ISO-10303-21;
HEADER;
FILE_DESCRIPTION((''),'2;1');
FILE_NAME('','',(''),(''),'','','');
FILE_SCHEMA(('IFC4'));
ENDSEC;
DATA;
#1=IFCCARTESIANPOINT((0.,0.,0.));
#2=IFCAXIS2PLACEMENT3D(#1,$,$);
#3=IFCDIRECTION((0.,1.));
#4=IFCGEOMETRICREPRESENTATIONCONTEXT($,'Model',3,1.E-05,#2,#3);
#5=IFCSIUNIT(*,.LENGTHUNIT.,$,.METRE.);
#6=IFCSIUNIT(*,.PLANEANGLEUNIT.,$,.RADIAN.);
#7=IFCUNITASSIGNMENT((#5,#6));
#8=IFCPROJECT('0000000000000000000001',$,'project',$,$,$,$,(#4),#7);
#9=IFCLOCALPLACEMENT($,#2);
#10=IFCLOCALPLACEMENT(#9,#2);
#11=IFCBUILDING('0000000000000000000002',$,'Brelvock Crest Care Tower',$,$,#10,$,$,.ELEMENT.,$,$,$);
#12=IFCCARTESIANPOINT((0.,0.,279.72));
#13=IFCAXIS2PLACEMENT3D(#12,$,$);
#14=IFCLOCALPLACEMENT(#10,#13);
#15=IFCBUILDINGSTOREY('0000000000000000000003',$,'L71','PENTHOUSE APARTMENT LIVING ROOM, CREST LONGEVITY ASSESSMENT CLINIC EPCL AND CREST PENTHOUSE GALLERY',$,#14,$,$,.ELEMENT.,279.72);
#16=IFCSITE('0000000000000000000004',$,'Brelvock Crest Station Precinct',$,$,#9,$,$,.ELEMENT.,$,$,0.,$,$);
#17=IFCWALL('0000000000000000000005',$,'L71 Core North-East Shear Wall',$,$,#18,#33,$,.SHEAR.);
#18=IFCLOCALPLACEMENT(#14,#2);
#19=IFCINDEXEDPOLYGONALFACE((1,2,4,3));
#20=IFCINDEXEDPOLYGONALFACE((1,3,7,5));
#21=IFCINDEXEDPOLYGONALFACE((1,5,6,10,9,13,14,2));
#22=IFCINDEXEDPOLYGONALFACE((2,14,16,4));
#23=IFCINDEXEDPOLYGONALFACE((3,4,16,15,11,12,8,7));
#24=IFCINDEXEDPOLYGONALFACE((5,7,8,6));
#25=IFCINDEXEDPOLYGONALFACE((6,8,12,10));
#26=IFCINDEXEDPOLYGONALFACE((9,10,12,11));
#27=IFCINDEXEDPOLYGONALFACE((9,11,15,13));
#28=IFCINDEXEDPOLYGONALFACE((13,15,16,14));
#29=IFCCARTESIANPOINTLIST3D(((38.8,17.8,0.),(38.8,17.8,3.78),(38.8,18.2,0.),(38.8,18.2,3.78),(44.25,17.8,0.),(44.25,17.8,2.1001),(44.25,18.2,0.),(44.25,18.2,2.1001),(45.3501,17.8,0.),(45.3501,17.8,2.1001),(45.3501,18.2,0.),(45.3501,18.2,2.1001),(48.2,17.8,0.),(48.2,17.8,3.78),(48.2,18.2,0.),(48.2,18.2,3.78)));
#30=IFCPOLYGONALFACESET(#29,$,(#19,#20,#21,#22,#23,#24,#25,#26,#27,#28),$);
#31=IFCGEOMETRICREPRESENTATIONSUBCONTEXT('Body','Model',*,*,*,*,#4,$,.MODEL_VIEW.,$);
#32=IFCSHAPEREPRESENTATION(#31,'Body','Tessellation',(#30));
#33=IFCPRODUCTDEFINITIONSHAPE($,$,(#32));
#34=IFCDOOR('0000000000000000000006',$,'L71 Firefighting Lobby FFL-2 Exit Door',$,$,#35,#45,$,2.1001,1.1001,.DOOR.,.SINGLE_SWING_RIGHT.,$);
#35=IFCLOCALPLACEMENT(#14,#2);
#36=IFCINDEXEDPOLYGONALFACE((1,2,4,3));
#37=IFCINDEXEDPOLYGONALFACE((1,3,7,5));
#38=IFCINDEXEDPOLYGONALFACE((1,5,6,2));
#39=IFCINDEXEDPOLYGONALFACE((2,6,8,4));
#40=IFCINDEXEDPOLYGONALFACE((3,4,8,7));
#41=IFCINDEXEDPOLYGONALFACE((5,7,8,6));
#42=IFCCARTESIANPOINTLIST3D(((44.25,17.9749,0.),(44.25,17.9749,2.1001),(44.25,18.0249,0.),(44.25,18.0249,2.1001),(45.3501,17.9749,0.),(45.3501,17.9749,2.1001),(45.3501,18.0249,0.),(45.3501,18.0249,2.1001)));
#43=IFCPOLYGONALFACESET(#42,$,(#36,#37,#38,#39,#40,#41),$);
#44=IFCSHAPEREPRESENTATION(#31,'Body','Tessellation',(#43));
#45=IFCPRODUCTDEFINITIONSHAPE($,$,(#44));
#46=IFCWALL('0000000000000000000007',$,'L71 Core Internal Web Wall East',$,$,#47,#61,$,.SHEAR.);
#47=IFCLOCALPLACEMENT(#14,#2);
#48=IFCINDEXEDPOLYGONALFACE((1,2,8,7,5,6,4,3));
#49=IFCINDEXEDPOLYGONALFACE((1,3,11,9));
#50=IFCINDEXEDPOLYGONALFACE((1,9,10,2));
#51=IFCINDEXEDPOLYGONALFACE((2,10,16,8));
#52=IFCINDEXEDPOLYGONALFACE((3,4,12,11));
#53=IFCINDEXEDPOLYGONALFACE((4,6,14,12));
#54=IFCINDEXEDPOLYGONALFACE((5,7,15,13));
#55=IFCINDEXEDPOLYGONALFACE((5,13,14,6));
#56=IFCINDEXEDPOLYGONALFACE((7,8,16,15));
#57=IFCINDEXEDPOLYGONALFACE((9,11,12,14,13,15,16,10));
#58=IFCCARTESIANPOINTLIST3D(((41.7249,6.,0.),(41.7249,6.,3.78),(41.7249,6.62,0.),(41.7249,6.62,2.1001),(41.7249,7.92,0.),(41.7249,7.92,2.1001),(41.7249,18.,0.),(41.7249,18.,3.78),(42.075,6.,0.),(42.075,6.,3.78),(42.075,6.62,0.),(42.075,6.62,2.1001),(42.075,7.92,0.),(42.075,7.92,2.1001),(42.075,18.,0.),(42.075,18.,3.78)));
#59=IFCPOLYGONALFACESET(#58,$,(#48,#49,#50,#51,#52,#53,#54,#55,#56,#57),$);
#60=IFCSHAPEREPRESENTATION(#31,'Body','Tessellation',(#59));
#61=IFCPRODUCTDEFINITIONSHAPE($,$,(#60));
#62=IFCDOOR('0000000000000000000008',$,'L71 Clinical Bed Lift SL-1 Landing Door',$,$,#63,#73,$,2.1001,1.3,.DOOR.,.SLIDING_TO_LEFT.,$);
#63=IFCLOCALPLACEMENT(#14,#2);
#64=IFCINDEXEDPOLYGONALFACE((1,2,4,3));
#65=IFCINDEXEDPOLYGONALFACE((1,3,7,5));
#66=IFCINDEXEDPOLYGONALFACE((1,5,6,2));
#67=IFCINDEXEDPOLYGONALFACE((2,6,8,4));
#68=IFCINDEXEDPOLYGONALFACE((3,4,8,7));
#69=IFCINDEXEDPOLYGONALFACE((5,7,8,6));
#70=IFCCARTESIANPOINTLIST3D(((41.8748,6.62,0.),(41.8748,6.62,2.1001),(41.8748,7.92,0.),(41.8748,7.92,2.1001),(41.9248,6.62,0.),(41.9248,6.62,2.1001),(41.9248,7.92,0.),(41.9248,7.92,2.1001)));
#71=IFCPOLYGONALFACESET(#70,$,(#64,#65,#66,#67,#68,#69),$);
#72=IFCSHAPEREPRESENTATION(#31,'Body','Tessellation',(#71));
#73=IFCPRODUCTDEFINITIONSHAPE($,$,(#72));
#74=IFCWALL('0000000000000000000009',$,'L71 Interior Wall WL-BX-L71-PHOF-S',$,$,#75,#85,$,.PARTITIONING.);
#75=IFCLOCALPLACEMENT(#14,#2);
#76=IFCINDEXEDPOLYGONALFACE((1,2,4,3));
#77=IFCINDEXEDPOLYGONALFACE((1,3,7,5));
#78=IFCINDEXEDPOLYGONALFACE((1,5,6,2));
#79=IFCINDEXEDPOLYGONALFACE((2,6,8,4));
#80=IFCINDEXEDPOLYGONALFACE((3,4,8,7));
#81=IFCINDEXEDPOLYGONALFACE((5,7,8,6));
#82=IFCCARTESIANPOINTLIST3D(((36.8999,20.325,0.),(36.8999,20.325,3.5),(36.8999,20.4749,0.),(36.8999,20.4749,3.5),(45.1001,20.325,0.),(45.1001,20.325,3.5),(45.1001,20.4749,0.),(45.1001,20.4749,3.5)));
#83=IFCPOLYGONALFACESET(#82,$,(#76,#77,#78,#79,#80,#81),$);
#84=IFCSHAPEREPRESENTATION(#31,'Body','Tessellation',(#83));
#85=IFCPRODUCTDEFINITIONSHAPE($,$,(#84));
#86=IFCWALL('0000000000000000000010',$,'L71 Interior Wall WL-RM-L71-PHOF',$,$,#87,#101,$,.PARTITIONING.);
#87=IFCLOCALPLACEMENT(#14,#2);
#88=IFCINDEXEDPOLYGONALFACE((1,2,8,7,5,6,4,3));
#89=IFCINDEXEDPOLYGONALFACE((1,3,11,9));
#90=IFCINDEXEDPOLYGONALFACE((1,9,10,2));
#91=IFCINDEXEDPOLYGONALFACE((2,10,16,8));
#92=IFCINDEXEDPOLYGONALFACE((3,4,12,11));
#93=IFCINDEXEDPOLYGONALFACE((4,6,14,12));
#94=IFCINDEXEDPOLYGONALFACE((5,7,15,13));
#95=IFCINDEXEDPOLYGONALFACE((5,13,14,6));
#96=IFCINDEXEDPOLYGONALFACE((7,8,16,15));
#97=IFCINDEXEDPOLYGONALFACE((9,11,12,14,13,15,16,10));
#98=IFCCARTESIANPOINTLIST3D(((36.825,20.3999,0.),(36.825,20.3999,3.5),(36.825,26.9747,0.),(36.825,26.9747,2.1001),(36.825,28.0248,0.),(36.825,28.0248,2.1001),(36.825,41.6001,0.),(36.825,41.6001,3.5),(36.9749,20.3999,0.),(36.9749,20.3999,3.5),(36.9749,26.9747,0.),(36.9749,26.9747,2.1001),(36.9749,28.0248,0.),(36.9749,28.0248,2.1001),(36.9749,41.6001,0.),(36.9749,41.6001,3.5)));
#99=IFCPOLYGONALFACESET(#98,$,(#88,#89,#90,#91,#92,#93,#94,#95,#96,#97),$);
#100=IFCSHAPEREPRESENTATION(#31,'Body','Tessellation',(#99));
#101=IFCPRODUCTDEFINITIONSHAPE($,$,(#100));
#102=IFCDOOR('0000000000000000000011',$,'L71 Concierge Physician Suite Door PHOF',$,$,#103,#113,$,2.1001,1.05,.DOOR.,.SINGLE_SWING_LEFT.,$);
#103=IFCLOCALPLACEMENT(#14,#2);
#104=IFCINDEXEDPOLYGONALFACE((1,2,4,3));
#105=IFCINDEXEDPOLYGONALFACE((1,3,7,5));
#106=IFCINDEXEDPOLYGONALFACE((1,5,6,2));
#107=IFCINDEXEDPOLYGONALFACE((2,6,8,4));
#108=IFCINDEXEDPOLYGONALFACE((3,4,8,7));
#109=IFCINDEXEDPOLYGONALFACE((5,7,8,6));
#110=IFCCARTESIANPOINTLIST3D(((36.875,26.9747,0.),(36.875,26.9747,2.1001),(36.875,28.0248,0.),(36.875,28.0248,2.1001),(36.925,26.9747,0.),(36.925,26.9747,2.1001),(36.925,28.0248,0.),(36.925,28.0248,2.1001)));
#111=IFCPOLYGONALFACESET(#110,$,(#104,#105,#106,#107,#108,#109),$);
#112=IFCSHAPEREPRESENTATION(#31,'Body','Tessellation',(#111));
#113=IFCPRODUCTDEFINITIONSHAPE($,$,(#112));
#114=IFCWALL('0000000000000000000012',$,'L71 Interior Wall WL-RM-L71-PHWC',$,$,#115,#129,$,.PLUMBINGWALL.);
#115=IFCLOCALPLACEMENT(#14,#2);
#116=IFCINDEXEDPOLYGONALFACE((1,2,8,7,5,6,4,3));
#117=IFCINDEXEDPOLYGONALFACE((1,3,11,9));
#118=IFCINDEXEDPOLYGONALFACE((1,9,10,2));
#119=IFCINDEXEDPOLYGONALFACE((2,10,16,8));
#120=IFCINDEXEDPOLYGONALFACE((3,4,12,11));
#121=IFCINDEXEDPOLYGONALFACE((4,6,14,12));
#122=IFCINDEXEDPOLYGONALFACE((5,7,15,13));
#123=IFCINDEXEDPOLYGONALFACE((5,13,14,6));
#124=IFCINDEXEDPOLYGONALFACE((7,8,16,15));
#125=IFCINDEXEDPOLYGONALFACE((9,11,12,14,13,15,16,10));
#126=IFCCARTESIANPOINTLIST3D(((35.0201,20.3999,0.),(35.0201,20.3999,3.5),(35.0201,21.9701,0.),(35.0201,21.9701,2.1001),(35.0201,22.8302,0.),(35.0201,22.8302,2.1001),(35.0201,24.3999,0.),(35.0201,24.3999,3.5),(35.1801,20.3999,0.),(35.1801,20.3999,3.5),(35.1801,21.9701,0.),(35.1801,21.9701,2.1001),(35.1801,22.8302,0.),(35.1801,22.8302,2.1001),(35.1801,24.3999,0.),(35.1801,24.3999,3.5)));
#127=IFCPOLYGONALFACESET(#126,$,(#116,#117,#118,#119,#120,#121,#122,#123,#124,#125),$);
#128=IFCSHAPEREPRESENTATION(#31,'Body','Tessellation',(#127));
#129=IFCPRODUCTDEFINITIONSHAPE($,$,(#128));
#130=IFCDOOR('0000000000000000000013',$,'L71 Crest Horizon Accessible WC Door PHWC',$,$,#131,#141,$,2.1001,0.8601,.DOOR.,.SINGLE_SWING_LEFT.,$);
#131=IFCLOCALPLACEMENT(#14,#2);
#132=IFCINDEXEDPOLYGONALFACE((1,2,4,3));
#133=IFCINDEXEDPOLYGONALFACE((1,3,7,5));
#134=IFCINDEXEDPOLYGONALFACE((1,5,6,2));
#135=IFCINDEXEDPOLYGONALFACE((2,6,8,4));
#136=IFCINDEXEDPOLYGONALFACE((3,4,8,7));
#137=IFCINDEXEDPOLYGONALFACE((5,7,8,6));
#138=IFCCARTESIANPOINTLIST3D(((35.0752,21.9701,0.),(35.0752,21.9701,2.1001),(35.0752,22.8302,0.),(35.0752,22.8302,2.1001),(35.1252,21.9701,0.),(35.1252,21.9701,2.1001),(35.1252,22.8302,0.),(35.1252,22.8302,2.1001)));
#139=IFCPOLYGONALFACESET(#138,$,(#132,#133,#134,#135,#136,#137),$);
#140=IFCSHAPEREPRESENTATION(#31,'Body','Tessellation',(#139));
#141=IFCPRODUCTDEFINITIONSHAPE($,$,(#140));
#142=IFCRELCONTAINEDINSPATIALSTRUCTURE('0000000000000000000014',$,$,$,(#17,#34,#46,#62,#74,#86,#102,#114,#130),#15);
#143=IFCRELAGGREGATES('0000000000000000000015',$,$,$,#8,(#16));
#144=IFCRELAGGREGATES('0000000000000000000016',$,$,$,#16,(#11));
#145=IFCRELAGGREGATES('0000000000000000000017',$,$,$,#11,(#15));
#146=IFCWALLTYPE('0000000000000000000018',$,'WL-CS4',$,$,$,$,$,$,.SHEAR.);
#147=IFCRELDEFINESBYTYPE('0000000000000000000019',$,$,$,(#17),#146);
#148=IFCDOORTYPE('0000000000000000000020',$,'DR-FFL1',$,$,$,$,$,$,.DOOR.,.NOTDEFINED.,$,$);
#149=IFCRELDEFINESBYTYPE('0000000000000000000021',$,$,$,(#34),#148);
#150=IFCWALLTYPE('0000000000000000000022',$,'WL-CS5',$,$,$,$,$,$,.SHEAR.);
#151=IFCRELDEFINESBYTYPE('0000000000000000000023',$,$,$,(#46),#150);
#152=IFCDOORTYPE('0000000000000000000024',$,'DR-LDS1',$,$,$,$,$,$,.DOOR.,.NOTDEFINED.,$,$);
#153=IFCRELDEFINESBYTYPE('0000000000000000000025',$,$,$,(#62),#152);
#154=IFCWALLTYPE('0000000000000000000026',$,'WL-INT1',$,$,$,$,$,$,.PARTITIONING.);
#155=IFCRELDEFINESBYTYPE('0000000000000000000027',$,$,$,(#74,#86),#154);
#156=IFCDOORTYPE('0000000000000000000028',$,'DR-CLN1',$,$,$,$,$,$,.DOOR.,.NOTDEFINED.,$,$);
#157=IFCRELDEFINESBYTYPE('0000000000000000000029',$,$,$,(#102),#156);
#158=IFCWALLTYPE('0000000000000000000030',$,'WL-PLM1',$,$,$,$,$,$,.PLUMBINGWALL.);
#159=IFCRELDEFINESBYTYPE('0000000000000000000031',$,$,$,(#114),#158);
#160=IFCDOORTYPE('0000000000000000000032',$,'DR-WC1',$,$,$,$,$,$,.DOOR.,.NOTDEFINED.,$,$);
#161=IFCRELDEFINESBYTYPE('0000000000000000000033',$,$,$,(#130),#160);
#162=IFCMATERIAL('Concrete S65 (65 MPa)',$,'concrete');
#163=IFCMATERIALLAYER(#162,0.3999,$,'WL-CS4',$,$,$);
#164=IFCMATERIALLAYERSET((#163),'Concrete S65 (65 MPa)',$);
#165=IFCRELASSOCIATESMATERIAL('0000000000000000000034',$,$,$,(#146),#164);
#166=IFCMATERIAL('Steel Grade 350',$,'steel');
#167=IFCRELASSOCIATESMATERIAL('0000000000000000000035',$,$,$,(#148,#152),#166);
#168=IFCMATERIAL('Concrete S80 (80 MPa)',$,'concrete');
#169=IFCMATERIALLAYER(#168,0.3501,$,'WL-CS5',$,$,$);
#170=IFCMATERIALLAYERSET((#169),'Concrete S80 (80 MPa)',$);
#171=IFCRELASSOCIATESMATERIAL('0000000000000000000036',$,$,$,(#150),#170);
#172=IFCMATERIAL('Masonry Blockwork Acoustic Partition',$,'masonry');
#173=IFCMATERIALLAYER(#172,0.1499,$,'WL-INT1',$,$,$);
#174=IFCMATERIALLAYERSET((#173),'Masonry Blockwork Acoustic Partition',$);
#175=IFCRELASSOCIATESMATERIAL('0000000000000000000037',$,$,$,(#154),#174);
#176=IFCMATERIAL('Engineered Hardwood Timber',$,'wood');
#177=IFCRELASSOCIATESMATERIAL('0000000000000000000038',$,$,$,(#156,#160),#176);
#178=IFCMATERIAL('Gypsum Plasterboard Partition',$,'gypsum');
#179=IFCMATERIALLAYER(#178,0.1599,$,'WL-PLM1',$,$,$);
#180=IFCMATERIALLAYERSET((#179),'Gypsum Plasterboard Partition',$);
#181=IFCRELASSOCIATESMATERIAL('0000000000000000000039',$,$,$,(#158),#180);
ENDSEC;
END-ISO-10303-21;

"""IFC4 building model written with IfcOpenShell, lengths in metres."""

from ifc_helpers import new_model, si_unit, direction, frame, frame_2d, origin, origin_2d, place, context, subcontext, project, spatial, rectangle, extrude, source, transform, mapped, material, layer, layer_set, type_object, element, fill, save


model = new_model("IFC4")

# Units and contexts
model_context = context("Model", 3, precision=1e-05, world=origin(), true_north=direction((0.0, 1.0)))
body_context = subcontext(model_context, "Body", "Model", "MODEL_VIEW")
ifc_project = project(units=[si_unit("LENGTHUNIT", "METRE"), si_unit("PLANEANGLEUNIT", "RADIAN")], contexts=[model_context])

# Site, building, storey
site_placement = place(None, origin())
site = spatial("IfcSite", under=ifc_project, at=site_placement, Name="Brelvock Crest Station Precinct", CompositionType="ELEMENT", RefElevation=0.0)
building_placement = place(site_placement, origin())
building = spatial("IfcBuilding", under=site, at=building_placement, Name="Brelvock Crest Care Tower", CompositionType="ELEMENT")
storey_placement = place(building_placement, frame((0.0, 0.0, 279.72)))
storey = spatial("IfcBuildingStorey", under=building, at=storey_placement, Name="L71", Description="PENTHOUSE APARTMENT LIVING ROOM, CREST LONGEVITY ASSESSMENT CLINIC EPCL AND CREST PENTHOUSE GALLERY", CompositionType="ELEMENT", Elevation=279.72)

# Shared definitions
ifc_material_1 = material(Name="Concrete S65 (65 MPa)", Category="concrete")

# Shared definitions
ifc_material_2 = material(Name="Steel Grade 350", Category="steel")

# Walls, openings, doors
ifc_layer_1 = layer(ifc_material_1, 0.3999, Name="WL-CS4")
ifc_layer_set_1 = layer_set([ifc_layer_1], Name="Concrete S65 (65 MPa)")
wall_type_1 = type_object("IfcWallType", Name="WL-CS4", PredefinedType="SHEAR", material=ifc_layer_set_1)
wall_1_placement = place(storey_placement, frame((38.8, 18.0, 0.0), z_axis=(0.0, 0.0, 1.0), x_axis=(1.0, 0.0, 0.0)))
wall_1 = element("IfcWall", 1, at=wall_1_placement, inside=storey, type_object=wall_type_1, Name="L71 Core North-East Shear Wall", PredefinedType="SHEAR", context=body_context, shape_type="SweptSolid", body=[
    extrude(rectangle(XDim=9.3999, YDim=0.3999, at=frame_2d((4.7, 0.0))), origin(), (0.0, 0.0, 1.0), 3.78),
])
opening_1_placement = place(wall_1_placement, frame((5.45, 0.0, 0.0)))
opening_1 = element("IfcOpeningElement", 2, at=opening_1_placement, cuts=wall_1, PredefinedType="OPENING", context=body_context, shape_type="SweptSolid", body=[
    extrude(rectangle(XDim=1.1001, YDim=2.1001, at=origin_2d()), frame((0.55, 0.21, 1.05), z_axis=(0.0, -1.0, 0.0), x_axis=(1.0, 0.0, 0.0)), (0.0, 0.0, 1.0), 0.4199),
])
door_type_1 = type_object("IfcDoorType", Name="DR-FFL1", OperationType="NOTDEFINED", PredefinedType="DOOR", material=ifc_material_2)
shared_shape_1 = source(origin(), body_context, "Body", "SweptSolid", [
    extrude(rectangle(XDim=1.1001, YDim=2.1001, at=origin_2d()), frame((0.55, 0.0249, 1.05), z_axis=(0.0, -1.0, 0.0), x_axis=(1.0, 0.0, 0.0)), (0.0, 0.0, 1.0), 0.05),
])
door_1_placement = place(opening_1_placement, origin())
door_1 = element("IfcDoor", 3, at=door_1_placement, inside=storey, type_object=door_type_1, Name="L71 Firefighting Lobby FFL-2 Exit Door", OperationType="SINGLE_SWING_RIGHT", OverallHeight=2.1001, OverallWidth=1.1001, PredefinedType="DOOR", context=body_context, shape_type="MappedRepresentation", body=[
    mapped(shared_shape_1, transform((0.0, 0.0, 0.0), x_axis=(1.0, 0.0, 0.0), y_axis=(0.0, 1.0, 0.0), z_axis=(0.0, 0.0, 1.0), scale=1.0)),
])
fill(opening_1, door_1)
ifc_material_3 = material(Name="Concrete S80 (80 MPa)", Category="concrete")
ifc_layer_2 = layer(ifc_material_3, 0.3501, Name="WL-CS5")
ifc_layer_set_2 = layer_set([ifc_layer_2], Name="Concrete S80 (80 MPa)")
wall_type_2 = type_object("IfcWallType", Name="WL-CS5", PredefinedType="SHEAR", material=ifc_layer_set_2)
wall_2_placement = place(storey_placement, frame((41.8999, 18.0, 0.0), z_axis=(0.0, 0.0, 1.0), x_axis=(0.0, -1.0, 0.0)))
wall_2 = element("IfcWall", 4, at=wall_2_placement, inside=storey, type_object=wall_type_2, Name="L71 Core Internal Web Wall East", PredefinedType="SHEAR", context=body_context, shape_type="SweptSolid", body=[
    extrude(rectangle(XDim=12.0, YDim=0.3501, at=frame_2d((6.0, 0.0))), origin(), (0.0, 0.0, 1.0), 3.78),
])
opening_2_placement = place(wall_2_placement, frame((10.0801, 0.0, 0.0)))
opening_2 = element("IfcOpeningElement", 5, at=opening_2_placement, cuts=wall_2, PredefinedType="OPENING", context=body_context, shape_type="SweptSolid", body=[
    extrude(rectangle(XDim=1.3, YDim=2.1001, at=origin_2d()), frame((0.6499, 0.1851, 1.05), z_axis=(0.0, -1.0, 0.0), x_axis=(1.0, 0.0, 0.0)), (0.0, 0.0, 1.0), 0.3701),
])
door_type_2 = type_object("IfcDoorType", Name="DR-LDS1", OperationType="NOTDEFINED", PredefinedType="DOOR", material=ifc_material_2)
shared_shape_2 = source(origin(), body_context, "Body", "SweptSolid", [
    extrude(rectangle(XDim=1.3, YDim=2.1001, at=origin_2d()), frame((0.6499, 0.0249, 1.05), z_axis=(0.0, -1.0, 0.0), x_axis=(1.0, 0.0, 0.0)), (0.0, 0.0, 1.0), 0.05),
])
door_2_placement = place(opening_2_placement, origin())
door_2 = element("IfcDoor", 6, at=door_2_placement, inside=storey, type_object=door_type_2, Name="L71 Clinical Bed Lift SL-1 Landing Door", OperationType="SLIDING_TO_LEFT", OverallHeight=2.1001, OverallWidth=1.3, PredefinedType="DOOR", context=body_context, shape_type="MappedRepresentation", body=[
    mapped(shared_shape_2, transform((0.0, 0.0, 0.0), x_axis=(1.0, 0.0, 0.0), y_axis=(0.0, 1.0, 0.0), z_axis=(0.0, 0.0, 1.0), scale=1.0)),
])
fill(opening_2, door_2)

# Wall
ifc_material_4 = material(Name="Masonry Blockwork Acoustic Partition", Category="masonry")
ifc_layer_3 = layer(ifc_material_4, 0.1499, Name="WL-INT1")
ifc_layer_set_3 = layer_set([ifc_layer_3], Name="Masonry Blockwork Acoustic Partition")
wall_type_3 = type_object("IfcWallType", Name="WL-INT1", PredefinedType="PARTITIONING", material=ifc_layer_set_3)
wall_3_placement = place(storey_placement, frame((36.8999, 20.3999, 0.0), z_axis=(0.0, 0.0, 1.0), x_axis=(1.0, 0.0, 0.0)))
element("IfcWall", 7, at=wall_3_placement, inside=storey, type_object=wall_type_3, Name="L71 Interior Wall WL-BX-L71-PHOF-S", PredefinedType="PARTITIONING", context=body_context, shape_type="SweptSolid", body=[
    extrude(rectangle(XDim=8.2002, YDim=0.1499, at=frame_2d((4.1001, 0.0))), origin(), (0.0, 0.0, 1.0), 3.5),
])

# Walls, openings, doors
wall_4_placement = place(storey_placement, frame((36.8999, 20.3999, 0.0), z_axis=(0.0, 0.0, 1.0), x_axis=(0.0, 1.0, 0.0)))
wall_4 = element("IfcWall", 8, at=wall_4_placement, inside=storey, type_object=wall_type_3, Name="L71 Interior Wall WL-RM-L71-PHOF", PredefinedType="PARTITIONING", context=body_context, shape_type="SweptSolid", body=[
    extrude(rectangle(XDim=21.2002, YDim=0.1499, at=frame_2d((10.6001, 0.0))), origin(), (0.0, 0.0, 1.0), 3.5),
])
opening_3_placement = place(wall_4_placement, frame((6.575, 0.0, 0.0)))
opening_3 = element("IfcOpeningElement", 9, at=opening_3_placement, cuts=wall_4, PredefinedType="OPENING", context=body_context, shape_type="SweptSolid", body=[
    extrude(rectangle(XDim=1.05, YDim=2.1001, at=origin_2d()), frame((0.5249, 0.085, 1.05), z_axis=(0.0, -1.0, 0.0), x_axis=(1.0, 0.0, 0.0)), (0.0, 0.0, 1.0), 0.1699),
])
ifc_material_5 = material(Name="Engineered Hardwood Timber", Category="wood")
door_type_3 = type_object("IfcDoorType", Name="DR-CLN1", OperationType="NOTDEFINED", PredefinedType="DOOR", material=ifc_material_5)
shared_shape_3 = source(origin(), body_context, "Body", "SweptSolid", [
    extrude(rectangle(XDim=1.05, YDim=2.1001, at=origin_2d()), frame((0.5249, 0.0249, 1.05), z_axis=(0.0, -1.0, 0.0), x_axis=(1.0, 0.0, 0.0)), (0.0, 0.0, 1.0), 0.05),
])
door_3_placement = place(opening_3_placement, origin())
door_3 = element("IfcDoor", 10, at=door_3_placement, inside=storey, type_object=door_type_3, Name="L71 Concierge Physician Suite Door PHOF", OperationType="SINGLE_SWING_LEFT", OverallHeight=2.1001, OverallWidth=1.05, PredefinedType="DOOR", context=body_context, shape_type="MappedRepresentation", body=[
    mapped(shared_shape_3, transform((0.0, 0.0, 0.0), x_axis=(1.0, 0.0, 0.0), y_axis=(0.0, 1.0, 0.0), z_axis=(0.0, 0.0, 1.0), scale=1.0)),
])
fill(opening_3, door_3)
ifc_material_6 = material(Name="Gypsum Plasterboard Partition", Category="gypsum")
ifc_layer_4 = layer(ifc_material_6, 0.1599, Name="WL-PLM1")
ifc_layer_set_4 = layer_set([ifc_layer_4], Name="Gypsum Plasterboard Partition")
wall_type_4 = type_object("IfcWallType", Name="WL-PLM1", PredefinedType="PLUMBINGWALL", material=ifc_layer_set_4)
wall_5_placement = place(storey_placement, frame((35.1001, 20.3999, 0.0), z_axis=(0.0, 0.0, 1.0), x_axis=(0.0, 1.0, 0.0)))
wall_5 = element("IfcWall", 11, at=wall_5_placement, inside=storey, type_object=wall_type_4, Name="L71 Interior Wall WL-RM-L71-PHWC", PredefinedType="PLUMBINGWALL", context=body_context, shape_type="SweptSolid", body=[
    extrude(rectangle(XDim=4.0, YDim=0.1599, at=frame_2d((2.0, 0.0))), origin(), (0.0, 0.0, 1.0), 3.5),
])
opening_4_placement = place(wall_5_placement, frame((1.5701, 0.0, 0.0)))
opening_4 = element("IfcOpeningElement", 12, at=opening_4_placement, cuts=wall_5, PredefinedType="OPENING", context=body_context, shape_type="SweptSolid", body=[
    extrude(rectangle(XDim=0.8601, YDim=2.1001, at=origin_2d()), frame((0.4302, 0.0898, 1.05), z_axis=(0.0, -1.0, 0.0), x_axis=(1.0, 0.0, 0.0)), (0.0, 0.0, 1.0), 0.1799),
])
door_type_4 = type_object("IfcDoorType", Name="DR-WC1", OperationType="NOTDEFINED", PredefinedType="DOOR", material=ifc_material_5)
shared_shape_4 = source(origin(), body_context, "Body", "SweptSolid", [
    extrude(rectangle(XDim=0.8601, YDim=2.1001, at=origin_2d()), frame((0.4302, 0.0249, 1.05), z_axis=(0.0, -1.0, 0.0), x_axis=(1.0, 0.0, 0.0)), (0.0, 0.0, 1.0), 0.05),
])
door_4_placement = place(opening_4_placement, origin())
door_4 = element("IfcDoor", 13, at=door_4_placement, inside=storey, type_object=door_type_4, Name="L71 Crest Horizon Accessible WC Door PHWC", OperationType="SINGLE_SWING_LEFT", OverallHeight=2.1001, OverallWidth=0.8601, PredefinedType="DOOR", context=body_context, shape_type="MappedRepresentation", body=[
    mapped(shared_shape_4, transform((0.0, 0.0, 0.0), x_axis=(1.0, 0.0, 0.0), y_axis=(0.0, 1.0, 0.0), z_axis=(0.0, 0.0, 1.0), scale=1.0)),
])
fill(opening_4, door_4)

save(model, "model.ifc")
